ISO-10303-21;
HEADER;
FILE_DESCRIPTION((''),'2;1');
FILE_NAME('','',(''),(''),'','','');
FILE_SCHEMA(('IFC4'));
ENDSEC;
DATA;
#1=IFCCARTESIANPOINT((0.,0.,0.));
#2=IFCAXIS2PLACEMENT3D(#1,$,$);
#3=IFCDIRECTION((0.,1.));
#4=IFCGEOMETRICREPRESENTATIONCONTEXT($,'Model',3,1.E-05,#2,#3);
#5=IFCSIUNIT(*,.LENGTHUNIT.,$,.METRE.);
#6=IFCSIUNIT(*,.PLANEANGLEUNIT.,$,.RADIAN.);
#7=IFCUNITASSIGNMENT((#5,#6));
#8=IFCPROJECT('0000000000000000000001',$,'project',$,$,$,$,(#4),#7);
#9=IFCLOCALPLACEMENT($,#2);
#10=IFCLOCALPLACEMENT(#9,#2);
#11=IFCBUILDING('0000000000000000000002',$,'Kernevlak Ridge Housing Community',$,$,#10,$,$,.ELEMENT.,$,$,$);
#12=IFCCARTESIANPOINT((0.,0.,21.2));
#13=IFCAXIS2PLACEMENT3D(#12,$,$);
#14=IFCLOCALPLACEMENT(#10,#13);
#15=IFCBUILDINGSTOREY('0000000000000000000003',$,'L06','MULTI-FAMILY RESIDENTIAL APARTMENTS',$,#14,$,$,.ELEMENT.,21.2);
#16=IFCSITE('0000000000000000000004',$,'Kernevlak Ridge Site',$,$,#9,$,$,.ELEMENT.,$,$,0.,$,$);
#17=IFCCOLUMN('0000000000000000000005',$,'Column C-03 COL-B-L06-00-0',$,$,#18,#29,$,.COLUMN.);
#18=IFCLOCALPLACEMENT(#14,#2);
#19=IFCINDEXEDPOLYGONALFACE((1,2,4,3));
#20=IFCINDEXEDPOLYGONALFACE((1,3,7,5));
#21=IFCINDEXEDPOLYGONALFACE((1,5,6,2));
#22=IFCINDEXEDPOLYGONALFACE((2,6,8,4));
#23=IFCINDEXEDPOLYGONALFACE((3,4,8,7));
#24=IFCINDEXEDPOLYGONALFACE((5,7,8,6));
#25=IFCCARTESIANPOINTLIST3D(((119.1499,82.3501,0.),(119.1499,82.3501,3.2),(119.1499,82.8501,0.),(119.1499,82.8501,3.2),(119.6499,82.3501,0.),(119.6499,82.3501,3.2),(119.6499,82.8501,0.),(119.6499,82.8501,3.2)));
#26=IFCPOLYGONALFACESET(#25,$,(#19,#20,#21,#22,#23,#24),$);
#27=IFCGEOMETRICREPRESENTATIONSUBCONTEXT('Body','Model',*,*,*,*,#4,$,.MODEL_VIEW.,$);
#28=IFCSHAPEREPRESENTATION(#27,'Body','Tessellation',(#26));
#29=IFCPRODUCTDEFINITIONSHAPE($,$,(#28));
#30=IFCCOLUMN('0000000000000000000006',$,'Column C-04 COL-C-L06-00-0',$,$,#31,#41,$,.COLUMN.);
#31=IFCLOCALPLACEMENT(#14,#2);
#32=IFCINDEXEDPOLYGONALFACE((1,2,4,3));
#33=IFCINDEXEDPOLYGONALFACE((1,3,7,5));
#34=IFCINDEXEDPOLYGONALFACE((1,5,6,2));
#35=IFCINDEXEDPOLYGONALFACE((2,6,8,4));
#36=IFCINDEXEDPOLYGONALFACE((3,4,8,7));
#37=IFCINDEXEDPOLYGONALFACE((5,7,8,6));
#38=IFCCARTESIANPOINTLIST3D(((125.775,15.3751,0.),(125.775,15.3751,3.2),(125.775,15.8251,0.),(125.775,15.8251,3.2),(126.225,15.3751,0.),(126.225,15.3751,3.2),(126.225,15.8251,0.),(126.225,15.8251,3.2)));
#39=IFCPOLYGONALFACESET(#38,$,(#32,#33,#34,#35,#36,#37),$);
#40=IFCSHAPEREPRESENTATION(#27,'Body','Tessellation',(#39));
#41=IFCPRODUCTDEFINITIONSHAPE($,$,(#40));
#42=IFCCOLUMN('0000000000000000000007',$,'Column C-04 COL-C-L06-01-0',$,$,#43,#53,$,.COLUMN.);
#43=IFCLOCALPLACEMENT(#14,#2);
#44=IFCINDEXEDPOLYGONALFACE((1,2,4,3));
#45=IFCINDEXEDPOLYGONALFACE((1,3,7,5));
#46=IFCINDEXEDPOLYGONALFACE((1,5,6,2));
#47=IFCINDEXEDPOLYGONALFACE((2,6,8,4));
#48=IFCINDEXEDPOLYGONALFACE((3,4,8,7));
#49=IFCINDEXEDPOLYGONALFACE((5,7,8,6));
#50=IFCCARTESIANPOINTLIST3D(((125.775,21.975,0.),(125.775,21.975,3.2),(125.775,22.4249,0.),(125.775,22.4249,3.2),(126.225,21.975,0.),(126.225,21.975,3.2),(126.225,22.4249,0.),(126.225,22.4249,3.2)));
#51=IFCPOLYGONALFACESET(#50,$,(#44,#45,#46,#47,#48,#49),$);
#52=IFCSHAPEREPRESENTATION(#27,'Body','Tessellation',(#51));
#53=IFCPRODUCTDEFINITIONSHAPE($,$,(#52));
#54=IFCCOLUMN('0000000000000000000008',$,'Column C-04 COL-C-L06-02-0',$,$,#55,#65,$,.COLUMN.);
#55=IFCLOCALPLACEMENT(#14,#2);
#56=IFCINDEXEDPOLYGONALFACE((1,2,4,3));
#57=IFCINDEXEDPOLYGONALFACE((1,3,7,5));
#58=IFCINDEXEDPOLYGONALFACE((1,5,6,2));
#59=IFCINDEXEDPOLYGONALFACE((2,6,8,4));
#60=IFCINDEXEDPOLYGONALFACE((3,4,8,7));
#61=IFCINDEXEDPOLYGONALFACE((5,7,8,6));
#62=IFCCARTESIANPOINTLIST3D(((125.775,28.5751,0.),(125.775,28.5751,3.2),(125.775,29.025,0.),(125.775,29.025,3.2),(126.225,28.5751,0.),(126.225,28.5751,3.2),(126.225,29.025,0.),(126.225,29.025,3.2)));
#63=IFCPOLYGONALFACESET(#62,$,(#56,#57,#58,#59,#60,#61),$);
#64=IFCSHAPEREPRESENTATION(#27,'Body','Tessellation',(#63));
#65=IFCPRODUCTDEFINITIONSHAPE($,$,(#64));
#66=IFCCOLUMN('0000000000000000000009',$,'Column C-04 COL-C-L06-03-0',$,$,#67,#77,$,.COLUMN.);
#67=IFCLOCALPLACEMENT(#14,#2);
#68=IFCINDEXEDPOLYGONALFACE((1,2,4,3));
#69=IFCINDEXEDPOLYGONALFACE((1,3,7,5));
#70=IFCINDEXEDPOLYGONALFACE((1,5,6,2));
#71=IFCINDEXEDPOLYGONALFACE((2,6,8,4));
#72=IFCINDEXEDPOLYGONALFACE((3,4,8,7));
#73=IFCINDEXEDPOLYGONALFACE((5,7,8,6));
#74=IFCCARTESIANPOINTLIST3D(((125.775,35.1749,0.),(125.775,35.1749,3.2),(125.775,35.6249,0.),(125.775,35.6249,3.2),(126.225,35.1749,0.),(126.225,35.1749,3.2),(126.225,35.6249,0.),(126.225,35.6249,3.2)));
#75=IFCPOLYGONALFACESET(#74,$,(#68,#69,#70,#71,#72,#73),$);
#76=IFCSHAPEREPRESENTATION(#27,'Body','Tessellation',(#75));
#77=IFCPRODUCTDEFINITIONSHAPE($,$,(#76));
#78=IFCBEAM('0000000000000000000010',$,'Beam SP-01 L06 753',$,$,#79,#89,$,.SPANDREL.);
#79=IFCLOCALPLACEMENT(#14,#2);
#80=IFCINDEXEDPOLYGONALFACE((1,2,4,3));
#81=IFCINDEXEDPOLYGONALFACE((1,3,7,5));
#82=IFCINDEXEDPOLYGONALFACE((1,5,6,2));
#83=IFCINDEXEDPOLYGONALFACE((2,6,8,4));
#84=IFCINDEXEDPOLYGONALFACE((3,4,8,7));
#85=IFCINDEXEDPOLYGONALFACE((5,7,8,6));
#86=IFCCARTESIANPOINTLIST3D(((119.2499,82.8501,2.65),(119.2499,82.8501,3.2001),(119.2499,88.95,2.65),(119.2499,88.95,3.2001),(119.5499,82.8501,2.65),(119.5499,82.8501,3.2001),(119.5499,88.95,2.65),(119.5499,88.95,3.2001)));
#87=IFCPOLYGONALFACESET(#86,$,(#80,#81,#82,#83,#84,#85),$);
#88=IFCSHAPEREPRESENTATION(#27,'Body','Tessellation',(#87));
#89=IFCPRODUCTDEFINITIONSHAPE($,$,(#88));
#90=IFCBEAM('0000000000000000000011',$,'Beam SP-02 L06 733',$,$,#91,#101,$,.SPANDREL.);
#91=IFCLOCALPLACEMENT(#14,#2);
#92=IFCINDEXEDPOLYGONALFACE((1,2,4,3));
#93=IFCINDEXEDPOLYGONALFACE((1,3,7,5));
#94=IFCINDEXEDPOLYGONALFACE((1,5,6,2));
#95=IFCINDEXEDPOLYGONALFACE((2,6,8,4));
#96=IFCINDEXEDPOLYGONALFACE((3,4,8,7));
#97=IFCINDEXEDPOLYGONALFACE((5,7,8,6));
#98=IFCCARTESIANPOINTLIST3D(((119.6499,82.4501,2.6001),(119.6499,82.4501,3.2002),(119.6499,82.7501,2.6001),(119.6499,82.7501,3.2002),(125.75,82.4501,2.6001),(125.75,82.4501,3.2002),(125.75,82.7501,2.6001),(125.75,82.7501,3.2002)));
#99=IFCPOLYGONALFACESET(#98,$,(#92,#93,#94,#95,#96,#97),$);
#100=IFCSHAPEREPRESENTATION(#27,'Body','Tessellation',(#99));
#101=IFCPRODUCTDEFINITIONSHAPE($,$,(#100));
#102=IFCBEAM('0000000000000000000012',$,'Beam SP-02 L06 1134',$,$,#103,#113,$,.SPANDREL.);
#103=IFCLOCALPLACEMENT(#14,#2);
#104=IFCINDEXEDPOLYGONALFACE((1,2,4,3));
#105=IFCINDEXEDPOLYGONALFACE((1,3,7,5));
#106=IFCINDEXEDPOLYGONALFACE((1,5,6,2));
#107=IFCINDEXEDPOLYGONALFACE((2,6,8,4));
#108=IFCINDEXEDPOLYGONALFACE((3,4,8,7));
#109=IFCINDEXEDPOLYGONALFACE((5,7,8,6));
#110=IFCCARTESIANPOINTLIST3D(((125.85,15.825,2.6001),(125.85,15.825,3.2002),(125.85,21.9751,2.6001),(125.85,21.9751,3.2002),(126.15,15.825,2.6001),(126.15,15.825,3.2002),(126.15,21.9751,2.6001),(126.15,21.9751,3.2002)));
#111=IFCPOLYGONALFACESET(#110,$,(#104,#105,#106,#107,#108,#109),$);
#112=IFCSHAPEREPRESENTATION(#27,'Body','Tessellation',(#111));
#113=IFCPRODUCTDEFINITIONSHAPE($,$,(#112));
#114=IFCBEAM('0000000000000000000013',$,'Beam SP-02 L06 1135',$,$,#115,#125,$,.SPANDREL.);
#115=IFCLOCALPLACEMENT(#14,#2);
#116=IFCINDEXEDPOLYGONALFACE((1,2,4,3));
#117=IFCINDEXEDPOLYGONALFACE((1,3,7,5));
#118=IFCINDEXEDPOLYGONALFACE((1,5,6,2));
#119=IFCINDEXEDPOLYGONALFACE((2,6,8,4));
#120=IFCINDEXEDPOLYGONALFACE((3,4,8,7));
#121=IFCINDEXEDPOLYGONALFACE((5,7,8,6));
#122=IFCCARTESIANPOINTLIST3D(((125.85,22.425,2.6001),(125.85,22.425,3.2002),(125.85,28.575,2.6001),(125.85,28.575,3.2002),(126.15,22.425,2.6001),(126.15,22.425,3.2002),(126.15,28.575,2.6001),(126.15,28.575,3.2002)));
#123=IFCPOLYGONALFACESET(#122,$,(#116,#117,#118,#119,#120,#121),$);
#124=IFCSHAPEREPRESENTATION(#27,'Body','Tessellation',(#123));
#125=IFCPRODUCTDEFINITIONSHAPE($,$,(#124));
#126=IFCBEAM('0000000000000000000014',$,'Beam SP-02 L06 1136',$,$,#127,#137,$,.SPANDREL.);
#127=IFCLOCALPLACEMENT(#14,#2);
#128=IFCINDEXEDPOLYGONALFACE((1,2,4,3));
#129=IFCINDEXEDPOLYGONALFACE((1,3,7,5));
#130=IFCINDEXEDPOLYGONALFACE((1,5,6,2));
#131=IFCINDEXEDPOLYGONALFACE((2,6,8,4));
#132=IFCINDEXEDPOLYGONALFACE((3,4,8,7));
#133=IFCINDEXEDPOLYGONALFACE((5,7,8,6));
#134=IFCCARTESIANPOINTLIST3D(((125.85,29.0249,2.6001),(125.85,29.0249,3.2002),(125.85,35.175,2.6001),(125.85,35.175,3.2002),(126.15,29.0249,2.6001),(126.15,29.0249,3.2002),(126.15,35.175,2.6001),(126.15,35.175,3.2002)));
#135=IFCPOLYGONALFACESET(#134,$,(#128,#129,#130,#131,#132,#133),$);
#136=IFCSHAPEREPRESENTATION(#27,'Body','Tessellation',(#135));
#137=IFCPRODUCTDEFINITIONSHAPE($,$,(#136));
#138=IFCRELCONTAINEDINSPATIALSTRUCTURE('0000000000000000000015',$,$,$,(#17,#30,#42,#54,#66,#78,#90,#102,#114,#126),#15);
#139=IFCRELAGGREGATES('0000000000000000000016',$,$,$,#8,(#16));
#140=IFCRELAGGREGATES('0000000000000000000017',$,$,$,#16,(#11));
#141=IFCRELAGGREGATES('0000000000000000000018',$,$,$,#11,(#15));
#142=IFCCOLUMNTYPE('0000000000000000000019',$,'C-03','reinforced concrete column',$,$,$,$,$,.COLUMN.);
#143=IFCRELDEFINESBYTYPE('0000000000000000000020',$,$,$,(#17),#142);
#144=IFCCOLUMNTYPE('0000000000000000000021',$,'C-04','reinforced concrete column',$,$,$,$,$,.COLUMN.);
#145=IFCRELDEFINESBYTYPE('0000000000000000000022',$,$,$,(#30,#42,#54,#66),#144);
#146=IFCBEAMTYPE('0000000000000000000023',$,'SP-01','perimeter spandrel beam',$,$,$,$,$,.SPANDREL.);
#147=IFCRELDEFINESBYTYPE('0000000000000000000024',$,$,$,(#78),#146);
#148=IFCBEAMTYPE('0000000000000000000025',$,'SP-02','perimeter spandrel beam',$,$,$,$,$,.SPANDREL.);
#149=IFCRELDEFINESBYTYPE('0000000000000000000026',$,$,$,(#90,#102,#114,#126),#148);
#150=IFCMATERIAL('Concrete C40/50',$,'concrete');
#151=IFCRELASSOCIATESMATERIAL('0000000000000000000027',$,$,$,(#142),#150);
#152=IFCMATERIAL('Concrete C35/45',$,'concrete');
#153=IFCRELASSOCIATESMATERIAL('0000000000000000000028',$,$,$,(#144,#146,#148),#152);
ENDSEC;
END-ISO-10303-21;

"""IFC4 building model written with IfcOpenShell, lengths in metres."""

from ifc_helpers import new_model, si_unit, direction, frame, origin, origin_2d, place, context, subcontext, project, spatial, rectangle, extrude, material, material_profile, profile_set, type_object, element, save


model = new_model("IFC4")

# Units and contexts
model_context = context("Model", 3, precision=1e-05, world=origin(), true_north=direction((0.0, 1.0)))
body_context = subcontext(model_context, "Body", "Model", "MODEL_VIEW")
ifc_project = project(units=[si_unit("LENGTHUNIT", "METRE"), si_unit("PLANEANGLEUNIT", "RADIAN")], contexts=[model_context])

# Site, building, storey
site_placement = place(None, origin())
site = spatial("IfcSite", under=ifc_project, at=site_placement, Name="Kernevlak Ridge Site", CompositionType="ELEMENT", RefElevation=0.0)
building_placement = place(site_placement, origin())
building = spatial("IfcBuilding", under=site, at=building_placement, Name="Kernevlak Ridge Housing Community", CompositionType="ELEMENT")
storey_placement = place(building_placement, frame((0.0, 0.0, 21.2)))
storey = spatial("IfcBuildingStorey", under=building, at=storey_placement, Name="L06", Description="MULTI-FAMILY RESIDENTIAL APARTMENTS", CompositionType="ELEMENT", Elevation=21.2)

# Columns
ifc_material_1 = material(Name="Concrete C40/50", Category="concrete")
ifc_material_profile_1 = material_profile(ifc_material_1, rectangle(XDim=0.5, YDim=0.5, at=origin_2d()), Name="RC 500x500")
ifc_profile_set_1 = profile_set([ifc_material_profile_1], Name="Concrete C40/50")
column_type_1 = type_object("IfcColumnType", Name="C-03", Description="reinforced concrete column", PredefinedType="COLUMN", material=ifc_profile_set_1)
column_placement = place(storey_placement, frame((119.3999, 82.6001, 0.0), z_axis=(0.0, 0.0, 1.0), x_axis=(1.0, 0.0, 0.0)))
element("IfcColumn", 1, at=column_placement, inside=storey, type_object=column_type_1, Name="Column C-03 COL-B-L06-00-0", PredefinedType="COLUMN", context=body_context, shape_type="SweptSolid", body=[
    extrude(rectangle(XDim=0.5, YDim=0.5, at=origin_2d()), origin(), (0.0, 0.0, 1.0), 3.2),
])
ifc_material_2 = material(Name="Concrete C35/45", Category="concrete")
ifc_material_profile_2 = material_profile(ifc_material_2, rectangle(XDim=0.45, YDim=0.45, at=origin_2d()), Name="RC 450x450")
ifc_profile_set_2 = profile_set([ifc_material_profile_2], Name="Concrete C35/45")
column_type_2 = type_object("IfcColumnType", Name="C-04", Description="reinforced concrete column", PredefinedType="COLUMN", material=ifc_profile_set_2)
for number, where, z_axis, x_axis, name in (
    (2, (126.0, 15.6001, 0.0), (0.0, 0.0, 1.0), (1.0, 0.0, 0.0), "Column C-04 COL-C-L06-00-0"),
    (3, (126.0, 22.2, 0.0), (0.0, 0.0, 1.0), (1.0, 0.0, 0.0), "Column C-04 COL-C-L06-01-0"),
    (4, (126.0, 28.8, 0.0), (0.0, 0.0, 1.0), (1.0, 0.0, 0.0), "Column C-04 COL-C-L06-02-0"),
    (5, (126.0, 35.3999, 0.0), (0.0, 0.0, 1.0), (1.0, 0.0, 0.0), "Column C-04 COL-C-L06-03-0"),
):
    element("IfcColumn", number, at=place(storey_placement, frame(where, z_axis=z_axis, x_axis=x_axis)), inside=storey, type_object=column_type_2, Name=name, PredefinedType="COLUMN", context=body_context, shape_type="SweptSolid", body=[
        extrude(rectangle(XDim=0.45, YDim=0.45, at=origin_2d()), origin(), (0.0, 0.0, 1.0), 3.2),
    ])

# Beams
ifc_material_profile_3 = material_profile(ifc_material_2, rectangle(XDim=0.3, YDim=0.55, at=origin_2d()), Name="RC 300x550")
ifc_profile_set_3 = profile_set([ifc_material_profile_3], Name="Concrete C35/45")
beam_type_1 = type_object("IfcBeamType", Name="SP-01", Description="perimeter spandrel beam", PredefinedType="SPANDREL", material=ifc_profile_set_3)
beam_1_placement = place(storey_placement, frame((119.3999, 82.8501, 2.925), z_axis=(0.0, 1.0, 0.0), x_axis=(-1.0, 0.0, 0.0)))
element("IfcBeam", 6, at=beam_1_placement, inside=storey, type_object=beam_type_1, Name="Beam SP-01 L06 753", PredefinedType="SPANDREL", context=body_context, shape_type="SweptSolid", body=[
    extrude(rectangle(XDim=0.3, YDim=0.55, at=origin_2d()), origin(), (0.0, 0.0, 1.0), 6.0999),
])
ifc_material_profile_4 = material_profile(ifc_material_2, rectangle(XDim=0.3, YDim=0.6001, at=origin_2d()), Name="RC 300x600")
ifc_profile_set_4 = profile_set([ifc_material_profile_4], Name="Concrete C35/45")
beam_type_2 = type_object("IfcBeamType", Name="SP-02", Description="perimeter spandrel beam", PredefinedType="SPANDREL", material=ifc_profile_set_4)
beam_2_placement = place(storey_placement, frame((119.6499, 82.6001, 2.9001), z_axis=(1.0, 0.0, 0.0), x_axis=(0.0, 1.0, 0.0)))
element("IfcBeam", 7, at=beam_2_placement, inside=storey, type_object=beam_type_2, Name="Beam SP-02 L06 733", PredefinedType="SPANDREL", context=body_context, shape_type="SweptSolid", body=[
    extrude(rectangle(XDim=0.3, YDim=0.6001, at=origin_2d()), origin(), (0.0, 0.0, 1.0), 6.1001),
])
beam_3_placement = place(storey_placement, frame((126.0, 15.825, 2.9001), z_axis=(0.0, 1.0, 0.0), x_axis=(-1.0, 0.0, 0.0)))
element("IfcBeam", 8, at=beam_3_placement, inside=storey, type_object=beam_type_2, Name="Beam SP-02 L06 1134", PredefinedType="SPANDREL", context=body_context, shape_type="SweptSolid", body=[
    extrude(rectangle(XDim=0.3, YDim=0.6001, at=origin_2d()), origin(), (0.0, 0.0, 1.0), 6.1501),
])
beam_4_placement = place(storey_placement, frame((126.0, 22.425, 2.9001), z_axis=(0.0, 1.0, 0.0), x_axis=(-1.0, 0.0, 0.0)))
element("IfcBeam", 9, at=beam_4_placement, inside=storey, type_object=beam_type_2, Name="Beam SP-02 L06 1135", PredefinedType="SPANDREL", context=body_context, shape_type="SweptSolid", body=[
    extrude(rectangle(XDim=0.3, YDim=0.6001, at=origin_2d()), origin(), (0.0, 0.0, 1.0), 6.1499),
])
beam_5_placement = place(storey_placement, frame((126.0, 29.0249, 2.9001), z_axis=(0.0, 1.0, 0.0), x_axis=(-1.0, 0.0, 0.0)))
element("IfcBeam", 10, at=beam_5_placement, inside=storey, type_object=beam_type_2, Name="Beam SP-02 L06 1136", PredefinedType="SPANDREL", context=body_context, shape_type="SweptSolid", body=[
    extrude(rectangle(XDim=0.3, YDim=0.6001, at=origin_2d()), origin(), (0.0, 0.0, 1.0), 6.1501),
])

save(model, "model.ifc")
